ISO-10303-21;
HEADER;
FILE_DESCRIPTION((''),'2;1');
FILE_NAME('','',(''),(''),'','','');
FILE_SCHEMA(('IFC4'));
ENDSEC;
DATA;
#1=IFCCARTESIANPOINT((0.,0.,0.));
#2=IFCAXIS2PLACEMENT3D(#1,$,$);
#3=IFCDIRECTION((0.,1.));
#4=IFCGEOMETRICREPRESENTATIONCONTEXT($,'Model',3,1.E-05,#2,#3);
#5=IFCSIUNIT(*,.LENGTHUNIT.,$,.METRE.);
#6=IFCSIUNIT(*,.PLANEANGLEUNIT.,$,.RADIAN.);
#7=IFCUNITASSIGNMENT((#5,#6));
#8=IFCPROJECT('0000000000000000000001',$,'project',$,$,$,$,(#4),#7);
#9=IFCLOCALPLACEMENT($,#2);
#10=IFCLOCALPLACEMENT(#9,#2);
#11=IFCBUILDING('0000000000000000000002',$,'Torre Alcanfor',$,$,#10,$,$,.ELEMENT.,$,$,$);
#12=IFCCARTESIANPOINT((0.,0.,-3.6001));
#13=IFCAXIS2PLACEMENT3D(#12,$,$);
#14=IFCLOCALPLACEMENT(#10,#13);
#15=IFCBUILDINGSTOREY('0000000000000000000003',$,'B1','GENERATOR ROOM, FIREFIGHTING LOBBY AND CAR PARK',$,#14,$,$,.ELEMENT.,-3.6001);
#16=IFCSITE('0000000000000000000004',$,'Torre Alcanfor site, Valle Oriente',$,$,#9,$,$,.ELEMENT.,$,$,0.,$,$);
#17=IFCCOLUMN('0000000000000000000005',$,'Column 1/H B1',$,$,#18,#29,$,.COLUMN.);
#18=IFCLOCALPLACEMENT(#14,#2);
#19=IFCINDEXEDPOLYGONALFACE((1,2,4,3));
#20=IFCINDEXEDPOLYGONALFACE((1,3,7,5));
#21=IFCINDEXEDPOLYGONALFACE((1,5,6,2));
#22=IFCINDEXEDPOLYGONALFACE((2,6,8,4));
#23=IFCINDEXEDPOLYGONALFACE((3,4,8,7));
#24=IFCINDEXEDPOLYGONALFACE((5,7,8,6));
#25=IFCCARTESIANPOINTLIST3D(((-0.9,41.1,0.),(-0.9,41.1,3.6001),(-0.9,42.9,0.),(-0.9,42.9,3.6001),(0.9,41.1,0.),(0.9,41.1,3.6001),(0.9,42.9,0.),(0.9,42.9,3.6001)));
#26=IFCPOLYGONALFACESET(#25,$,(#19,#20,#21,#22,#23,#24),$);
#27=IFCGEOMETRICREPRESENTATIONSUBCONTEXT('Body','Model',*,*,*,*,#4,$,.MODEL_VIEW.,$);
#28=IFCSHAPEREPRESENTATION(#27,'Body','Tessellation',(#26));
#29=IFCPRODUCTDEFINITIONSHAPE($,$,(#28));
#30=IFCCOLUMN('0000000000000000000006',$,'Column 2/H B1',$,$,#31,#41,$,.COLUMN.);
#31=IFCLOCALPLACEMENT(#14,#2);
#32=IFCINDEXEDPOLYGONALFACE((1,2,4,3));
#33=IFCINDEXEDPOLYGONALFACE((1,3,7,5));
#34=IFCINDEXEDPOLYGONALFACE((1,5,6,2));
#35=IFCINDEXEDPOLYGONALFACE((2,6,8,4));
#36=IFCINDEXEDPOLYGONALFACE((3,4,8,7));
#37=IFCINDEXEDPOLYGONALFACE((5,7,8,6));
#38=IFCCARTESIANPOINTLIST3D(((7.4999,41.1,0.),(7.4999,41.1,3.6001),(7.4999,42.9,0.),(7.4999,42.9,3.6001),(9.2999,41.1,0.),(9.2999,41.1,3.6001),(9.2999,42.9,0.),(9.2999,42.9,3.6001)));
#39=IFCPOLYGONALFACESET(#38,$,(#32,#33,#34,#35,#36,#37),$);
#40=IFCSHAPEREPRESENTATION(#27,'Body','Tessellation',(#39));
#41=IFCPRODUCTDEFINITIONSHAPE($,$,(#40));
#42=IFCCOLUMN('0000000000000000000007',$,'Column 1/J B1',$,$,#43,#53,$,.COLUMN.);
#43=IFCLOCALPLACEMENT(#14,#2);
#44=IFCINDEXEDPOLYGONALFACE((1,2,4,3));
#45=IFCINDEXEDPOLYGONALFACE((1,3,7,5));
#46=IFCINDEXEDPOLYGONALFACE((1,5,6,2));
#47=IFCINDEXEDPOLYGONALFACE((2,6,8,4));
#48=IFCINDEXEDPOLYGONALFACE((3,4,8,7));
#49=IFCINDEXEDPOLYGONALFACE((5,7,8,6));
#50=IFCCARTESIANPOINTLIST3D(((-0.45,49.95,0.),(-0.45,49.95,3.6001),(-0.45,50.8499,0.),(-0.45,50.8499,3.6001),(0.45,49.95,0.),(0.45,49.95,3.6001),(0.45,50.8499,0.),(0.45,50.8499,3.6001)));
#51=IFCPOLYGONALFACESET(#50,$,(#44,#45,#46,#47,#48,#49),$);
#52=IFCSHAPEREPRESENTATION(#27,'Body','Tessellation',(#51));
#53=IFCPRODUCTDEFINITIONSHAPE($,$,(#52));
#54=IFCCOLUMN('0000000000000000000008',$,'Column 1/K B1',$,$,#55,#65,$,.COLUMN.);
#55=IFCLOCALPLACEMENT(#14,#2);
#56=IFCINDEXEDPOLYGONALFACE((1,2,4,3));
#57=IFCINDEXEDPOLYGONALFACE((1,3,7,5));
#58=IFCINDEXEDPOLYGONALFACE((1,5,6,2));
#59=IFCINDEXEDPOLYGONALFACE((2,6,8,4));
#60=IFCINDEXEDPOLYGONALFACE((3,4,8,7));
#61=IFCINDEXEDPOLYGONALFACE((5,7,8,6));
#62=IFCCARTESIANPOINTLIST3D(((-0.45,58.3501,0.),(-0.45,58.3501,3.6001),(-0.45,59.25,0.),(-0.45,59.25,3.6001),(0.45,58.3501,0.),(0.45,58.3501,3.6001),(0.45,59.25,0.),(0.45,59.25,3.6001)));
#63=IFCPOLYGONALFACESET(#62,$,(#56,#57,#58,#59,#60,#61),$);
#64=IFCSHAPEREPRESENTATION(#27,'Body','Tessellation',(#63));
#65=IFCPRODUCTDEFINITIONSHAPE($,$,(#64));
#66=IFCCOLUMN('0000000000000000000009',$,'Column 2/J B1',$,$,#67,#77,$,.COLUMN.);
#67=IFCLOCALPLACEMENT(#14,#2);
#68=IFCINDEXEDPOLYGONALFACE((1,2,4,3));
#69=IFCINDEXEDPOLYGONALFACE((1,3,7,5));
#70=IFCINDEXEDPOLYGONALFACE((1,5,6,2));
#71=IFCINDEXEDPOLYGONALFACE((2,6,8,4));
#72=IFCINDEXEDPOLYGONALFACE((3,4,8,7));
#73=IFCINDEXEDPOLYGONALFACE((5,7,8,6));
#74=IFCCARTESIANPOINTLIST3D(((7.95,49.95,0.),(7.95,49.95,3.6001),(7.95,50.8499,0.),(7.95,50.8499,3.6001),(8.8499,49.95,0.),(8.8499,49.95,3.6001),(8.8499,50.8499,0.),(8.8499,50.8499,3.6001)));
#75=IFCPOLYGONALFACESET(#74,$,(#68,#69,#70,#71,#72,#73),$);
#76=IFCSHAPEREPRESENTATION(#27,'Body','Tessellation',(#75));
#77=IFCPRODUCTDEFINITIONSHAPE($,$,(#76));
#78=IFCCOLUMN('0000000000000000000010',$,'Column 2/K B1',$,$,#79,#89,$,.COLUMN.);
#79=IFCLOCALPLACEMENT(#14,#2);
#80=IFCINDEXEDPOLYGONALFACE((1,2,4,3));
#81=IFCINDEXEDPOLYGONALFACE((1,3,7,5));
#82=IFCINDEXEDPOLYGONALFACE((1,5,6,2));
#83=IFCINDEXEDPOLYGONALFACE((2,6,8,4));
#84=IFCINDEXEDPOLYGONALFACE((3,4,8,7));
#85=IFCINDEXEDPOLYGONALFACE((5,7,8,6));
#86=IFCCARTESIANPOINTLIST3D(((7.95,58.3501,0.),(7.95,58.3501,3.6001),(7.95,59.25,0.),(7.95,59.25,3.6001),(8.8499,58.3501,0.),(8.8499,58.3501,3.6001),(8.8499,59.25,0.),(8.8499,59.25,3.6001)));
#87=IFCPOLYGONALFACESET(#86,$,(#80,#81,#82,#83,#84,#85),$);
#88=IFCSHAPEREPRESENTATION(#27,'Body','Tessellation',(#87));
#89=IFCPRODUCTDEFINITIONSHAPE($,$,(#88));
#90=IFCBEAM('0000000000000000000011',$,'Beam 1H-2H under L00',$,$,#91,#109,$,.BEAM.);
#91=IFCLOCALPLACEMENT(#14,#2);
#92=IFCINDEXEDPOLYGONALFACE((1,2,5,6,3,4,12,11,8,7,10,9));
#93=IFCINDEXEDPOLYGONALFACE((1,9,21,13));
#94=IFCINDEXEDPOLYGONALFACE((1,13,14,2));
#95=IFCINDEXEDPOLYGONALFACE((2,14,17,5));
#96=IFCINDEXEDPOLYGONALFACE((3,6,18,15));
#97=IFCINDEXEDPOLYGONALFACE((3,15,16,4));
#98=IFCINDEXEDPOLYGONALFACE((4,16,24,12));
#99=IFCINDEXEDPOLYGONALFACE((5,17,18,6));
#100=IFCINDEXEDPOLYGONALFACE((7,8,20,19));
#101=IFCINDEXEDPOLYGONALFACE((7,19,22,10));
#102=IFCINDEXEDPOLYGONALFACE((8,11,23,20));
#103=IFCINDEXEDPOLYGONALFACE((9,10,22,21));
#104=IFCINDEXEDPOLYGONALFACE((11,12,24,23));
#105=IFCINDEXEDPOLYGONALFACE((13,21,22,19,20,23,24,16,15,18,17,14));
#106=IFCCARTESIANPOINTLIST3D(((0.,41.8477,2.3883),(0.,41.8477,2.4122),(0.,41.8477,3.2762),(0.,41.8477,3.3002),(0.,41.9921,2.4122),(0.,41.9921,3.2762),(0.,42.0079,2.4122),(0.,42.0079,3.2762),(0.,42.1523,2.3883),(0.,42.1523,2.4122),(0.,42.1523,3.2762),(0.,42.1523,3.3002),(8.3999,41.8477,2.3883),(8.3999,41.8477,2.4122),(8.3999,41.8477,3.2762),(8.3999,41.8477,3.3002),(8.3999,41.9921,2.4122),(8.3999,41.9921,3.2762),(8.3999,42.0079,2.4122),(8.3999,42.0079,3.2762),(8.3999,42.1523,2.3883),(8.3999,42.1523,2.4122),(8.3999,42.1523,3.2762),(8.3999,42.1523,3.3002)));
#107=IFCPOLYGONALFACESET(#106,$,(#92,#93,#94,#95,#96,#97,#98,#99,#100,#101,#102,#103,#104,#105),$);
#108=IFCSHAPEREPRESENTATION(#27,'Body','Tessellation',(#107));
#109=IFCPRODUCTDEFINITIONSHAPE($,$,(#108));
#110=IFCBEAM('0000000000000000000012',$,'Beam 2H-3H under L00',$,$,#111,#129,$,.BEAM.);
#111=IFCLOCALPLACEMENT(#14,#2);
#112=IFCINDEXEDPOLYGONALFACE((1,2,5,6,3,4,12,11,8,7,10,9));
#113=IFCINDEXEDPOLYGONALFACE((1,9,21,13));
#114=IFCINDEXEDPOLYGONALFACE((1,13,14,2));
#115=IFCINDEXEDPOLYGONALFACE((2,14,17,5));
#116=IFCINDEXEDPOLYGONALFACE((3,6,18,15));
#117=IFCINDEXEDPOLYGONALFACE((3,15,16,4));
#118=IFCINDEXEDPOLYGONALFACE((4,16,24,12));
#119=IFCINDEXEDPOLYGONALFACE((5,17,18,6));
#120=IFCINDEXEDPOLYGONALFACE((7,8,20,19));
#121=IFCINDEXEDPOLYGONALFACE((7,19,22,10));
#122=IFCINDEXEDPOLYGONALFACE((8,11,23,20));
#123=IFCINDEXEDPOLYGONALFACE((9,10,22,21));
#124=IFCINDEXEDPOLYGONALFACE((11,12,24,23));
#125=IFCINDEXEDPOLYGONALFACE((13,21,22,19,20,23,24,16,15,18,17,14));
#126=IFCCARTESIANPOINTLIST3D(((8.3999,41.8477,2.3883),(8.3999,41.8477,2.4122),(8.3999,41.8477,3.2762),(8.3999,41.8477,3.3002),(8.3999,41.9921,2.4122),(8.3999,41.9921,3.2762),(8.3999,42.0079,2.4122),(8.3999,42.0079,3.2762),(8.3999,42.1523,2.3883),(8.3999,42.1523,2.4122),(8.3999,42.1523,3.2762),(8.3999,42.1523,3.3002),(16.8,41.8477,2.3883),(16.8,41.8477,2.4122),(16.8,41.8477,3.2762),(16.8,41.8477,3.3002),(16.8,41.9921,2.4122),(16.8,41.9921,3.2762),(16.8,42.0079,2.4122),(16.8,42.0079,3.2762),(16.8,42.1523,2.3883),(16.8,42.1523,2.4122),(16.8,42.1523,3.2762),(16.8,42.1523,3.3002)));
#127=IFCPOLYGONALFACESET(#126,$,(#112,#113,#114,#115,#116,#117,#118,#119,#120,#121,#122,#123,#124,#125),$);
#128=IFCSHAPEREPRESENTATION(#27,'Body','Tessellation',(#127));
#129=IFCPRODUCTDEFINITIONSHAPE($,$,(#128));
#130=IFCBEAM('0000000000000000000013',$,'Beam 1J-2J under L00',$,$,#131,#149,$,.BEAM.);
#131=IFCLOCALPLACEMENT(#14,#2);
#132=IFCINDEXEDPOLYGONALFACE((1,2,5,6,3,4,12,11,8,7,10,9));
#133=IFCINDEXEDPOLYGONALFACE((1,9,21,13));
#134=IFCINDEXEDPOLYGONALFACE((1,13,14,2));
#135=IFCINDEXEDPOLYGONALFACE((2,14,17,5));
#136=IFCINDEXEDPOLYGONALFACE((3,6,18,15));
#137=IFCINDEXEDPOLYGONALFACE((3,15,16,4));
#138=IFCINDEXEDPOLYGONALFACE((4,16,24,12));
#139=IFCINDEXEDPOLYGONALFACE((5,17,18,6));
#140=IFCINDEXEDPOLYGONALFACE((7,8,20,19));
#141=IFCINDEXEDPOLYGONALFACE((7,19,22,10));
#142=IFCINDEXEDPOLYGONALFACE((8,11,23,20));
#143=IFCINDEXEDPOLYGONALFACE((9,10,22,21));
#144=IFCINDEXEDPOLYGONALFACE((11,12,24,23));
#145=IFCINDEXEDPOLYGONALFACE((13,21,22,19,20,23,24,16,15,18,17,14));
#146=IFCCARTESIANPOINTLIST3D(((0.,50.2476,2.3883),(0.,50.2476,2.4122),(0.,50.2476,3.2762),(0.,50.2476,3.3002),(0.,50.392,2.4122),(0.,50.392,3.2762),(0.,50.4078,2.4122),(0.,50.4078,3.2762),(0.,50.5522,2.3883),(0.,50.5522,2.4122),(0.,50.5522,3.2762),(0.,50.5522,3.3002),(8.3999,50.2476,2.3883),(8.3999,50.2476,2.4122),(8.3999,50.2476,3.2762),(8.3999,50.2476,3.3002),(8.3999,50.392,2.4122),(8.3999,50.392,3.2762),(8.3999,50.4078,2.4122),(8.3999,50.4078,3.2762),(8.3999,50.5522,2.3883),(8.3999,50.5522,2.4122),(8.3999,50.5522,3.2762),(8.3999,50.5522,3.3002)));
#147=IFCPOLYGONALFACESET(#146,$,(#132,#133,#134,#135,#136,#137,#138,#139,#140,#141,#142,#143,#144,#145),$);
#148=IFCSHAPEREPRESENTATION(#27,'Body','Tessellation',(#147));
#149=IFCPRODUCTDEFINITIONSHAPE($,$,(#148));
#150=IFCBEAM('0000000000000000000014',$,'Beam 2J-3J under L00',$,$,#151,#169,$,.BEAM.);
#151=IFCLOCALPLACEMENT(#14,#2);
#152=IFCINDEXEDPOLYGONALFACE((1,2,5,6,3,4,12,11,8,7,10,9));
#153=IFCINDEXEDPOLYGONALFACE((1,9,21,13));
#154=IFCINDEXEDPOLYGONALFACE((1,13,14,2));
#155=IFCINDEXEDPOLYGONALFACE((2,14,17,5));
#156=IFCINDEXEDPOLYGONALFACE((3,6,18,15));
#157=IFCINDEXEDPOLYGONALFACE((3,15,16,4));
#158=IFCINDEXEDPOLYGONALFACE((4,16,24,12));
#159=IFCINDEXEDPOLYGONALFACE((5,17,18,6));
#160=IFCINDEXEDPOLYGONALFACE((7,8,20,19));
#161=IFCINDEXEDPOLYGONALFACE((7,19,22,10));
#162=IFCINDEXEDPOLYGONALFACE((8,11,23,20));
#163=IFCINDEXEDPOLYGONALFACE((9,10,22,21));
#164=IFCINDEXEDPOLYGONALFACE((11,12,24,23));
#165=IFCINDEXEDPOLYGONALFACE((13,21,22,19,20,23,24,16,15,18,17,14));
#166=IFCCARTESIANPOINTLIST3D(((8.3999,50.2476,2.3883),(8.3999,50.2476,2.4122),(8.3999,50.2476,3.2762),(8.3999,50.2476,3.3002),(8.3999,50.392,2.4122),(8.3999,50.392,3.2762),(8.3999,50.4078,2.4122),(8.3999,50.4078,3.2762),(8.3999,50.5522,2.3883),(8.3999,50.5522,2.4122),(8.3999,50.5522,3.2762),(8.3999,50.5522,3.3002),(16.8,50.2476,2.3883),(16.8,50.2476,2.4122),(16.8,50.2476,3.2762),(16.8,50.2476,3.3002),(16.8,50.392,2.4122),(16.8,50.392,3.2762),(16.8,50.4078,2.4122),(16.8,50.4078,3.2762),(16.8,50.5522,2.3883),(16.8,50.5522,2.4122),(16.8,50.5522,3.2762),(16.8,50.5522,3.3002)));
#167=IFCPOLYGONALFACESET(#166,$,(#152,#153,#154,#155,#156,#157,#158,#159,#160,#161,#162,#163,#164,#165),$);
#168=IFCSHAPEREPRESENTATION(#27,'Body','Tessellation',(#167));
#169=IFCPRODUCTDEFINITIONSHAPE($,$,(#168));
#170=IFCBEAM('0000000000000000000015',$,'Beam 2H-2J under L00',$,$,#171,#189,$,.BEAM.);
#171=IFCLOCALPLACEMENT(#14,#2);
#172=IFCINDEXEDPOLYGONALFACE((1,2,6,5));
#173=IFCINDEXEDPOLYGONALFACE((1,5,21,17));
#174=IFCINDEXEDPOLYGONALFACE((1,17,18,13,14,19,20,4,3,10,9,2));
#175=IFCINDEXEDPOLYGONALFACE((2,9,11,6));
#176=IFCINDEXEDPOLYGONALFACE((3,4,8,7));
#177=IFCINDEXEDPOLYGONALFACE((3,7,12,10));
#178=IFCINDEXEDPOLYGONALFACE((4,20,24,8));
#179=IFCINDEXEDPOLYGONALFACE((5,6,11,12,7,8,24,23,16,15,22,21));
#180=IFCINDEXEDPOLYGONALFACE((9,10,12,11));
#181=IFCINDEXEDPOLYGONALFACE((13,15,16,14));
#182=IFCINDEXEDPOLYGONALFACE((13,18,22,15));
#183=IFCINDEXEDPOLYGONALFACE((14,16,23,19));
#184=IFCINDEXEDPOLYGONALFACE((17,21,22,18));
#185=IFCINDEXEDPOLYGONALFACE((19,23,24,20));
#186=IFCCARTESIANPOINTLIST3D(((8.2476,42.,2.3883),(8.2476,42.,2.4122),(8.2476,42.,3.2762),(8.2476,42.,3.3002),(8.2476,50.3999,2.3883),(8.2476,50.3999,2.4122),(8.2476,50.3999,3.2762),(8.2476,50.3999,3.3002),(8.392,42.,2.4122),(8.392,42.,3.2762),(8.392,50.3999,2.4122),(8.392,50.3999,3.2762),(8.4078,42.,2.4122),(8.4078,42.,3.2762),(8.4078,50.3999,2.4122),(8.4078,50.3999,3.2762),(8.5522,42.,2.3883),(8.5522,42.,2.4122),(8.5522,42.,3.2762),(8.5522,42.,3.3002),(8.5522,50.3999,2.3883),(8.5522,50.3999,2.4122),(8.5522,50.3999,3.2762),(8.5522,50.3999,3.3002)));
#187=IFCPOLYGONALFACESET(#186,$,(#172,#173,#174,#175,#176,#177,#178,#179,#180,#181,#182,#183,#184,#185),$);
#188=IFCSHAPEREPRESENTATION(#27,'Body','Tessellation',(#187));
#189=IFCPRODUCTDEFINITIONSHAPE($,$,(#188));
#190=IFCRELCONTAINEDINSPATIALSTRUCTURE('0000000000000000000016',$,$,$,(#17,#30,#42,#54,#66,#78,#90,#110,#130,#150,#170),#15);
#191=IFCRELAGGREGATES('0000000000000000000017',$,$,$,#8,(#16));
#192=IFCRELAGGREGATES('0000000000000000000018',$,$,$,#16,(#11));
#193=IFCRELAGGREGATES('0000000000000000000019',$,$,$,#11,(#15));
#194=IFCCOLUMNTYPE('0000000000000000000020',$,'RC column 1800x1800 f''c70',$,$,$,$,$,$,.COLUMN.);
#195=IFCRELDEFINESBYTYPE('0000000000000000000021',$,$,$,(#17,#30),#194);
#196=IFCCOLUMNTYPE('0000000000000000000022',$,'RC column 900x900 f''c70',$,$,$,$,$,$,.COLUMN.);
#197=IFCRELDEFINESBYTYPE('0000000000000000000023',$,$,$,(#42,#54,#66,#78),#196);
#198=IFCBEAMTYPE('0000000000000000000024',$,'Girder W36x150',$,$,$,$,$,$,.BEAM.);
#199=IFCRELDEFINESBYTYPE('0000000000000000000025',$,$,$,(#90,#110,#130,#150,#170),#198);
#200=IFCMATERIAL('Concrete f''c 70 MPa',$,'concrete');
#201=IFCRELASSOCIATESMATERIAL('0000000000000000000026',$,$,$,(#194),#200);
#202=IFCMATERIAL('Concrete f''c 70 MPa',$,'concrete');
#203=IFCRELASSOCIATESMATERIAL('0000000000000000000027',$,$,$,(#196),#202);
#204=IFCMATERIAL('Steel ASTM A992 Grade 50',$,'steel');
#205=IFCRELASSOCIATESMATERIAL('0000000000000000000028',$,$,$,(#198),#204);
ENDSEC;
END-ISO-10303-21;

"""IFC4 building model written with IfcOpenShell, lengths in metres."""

from ifc_helpers import new_model, si_unit, direction, frame, origin, origin_2d, place, context, subcontext, project, spatial, rectangle, i_section, extrude, material, material_profile, profile_set, type_object, element, save


model = new_model("IFC4")

# Units and contexts
model_context = context("Model", 3, precision=1e-05, world=origin(), true_north=direction((0.0, 1.0)))
body_context = subcontext(model_context, "Body", "Model", "MODEL_VIEW")
ifc_project = project(units=[si_unit("LENGTHUNIT", "METRE"), si_unit("PLANEANGLEUNIT", "RADIAN")], contexts=[model_context])

# Site, building, storey
site_placement = place(None, origin())
site = spatial("IfcSite", under=ifc_project, at=site_placement, Name="Torre Alcanfor site, Valle Oriente", CompositionType="ELEMENT", RefElevation=0.0)
building_placement = place(site_placement, origin())
building = spatial("IfcBuilding", under=site, at=building_placement, Name="Torre Alcanfor", CompositionType="ELEMENT")
storey_placement = place(building_placement, frame((0.0, 0.0, -3.6001)))
storey = spatial("IfcBuildingStorey", under=building, at=storey_placement, Name="B1", Description="GENERATOR ROOM, FIREFIGHTING LOBBY AND CAR PARK", CompositionType="ELEMENT", Elevation=-3.6001)

# Columns
ifc_material_1 = material(Name="Concrete f'c 70 MPa", Category="concrete")
ifc_material_profile_1 = material_profile(ifc_material_1, rectangle(XDim=1.8, YDim=1.8, at=origin_2d()), Name="1800x1800")
ifc_profile_set_1 = profile_set([ifc_material_profile_1], Name="Concrete f'c 70 MPa")
column_type_1 = type_object("IfcColumnType", Name="RC column 1800x1800 f'c70", PredefinedType="COLUMN", material=ifc_profile_set_1)
for number, where, z_axis, x_axis, name in (
    (1, (0.0, 42.0, 0.0), (0.0, 0.0, 1.0), (1.0, 0.0, 0.0), "Column 1/H B1"),
    (2, (8.3999, 42.0, 0.0), (0.0, 0.0, 1.0), (1.0, 0.0, 0.0), "Column 2/H B1"),
):
    element("IfcColumn", number, at=place(storey_placement, frame(where, z_axis=z_axis, x_axis=x_axis)), inside=storey, type_object=column_type_1, Name=name, PredefinedType="COLUMN", context=body_context, shape_type="SweptSolid", body=[
        extrude(rectangle(XDim=1.8, YDim=1.8, at=origin_2d()), origin(), (0.0, 0.0, 1.0), 3.6001),
    ])
ifc_material_2 = material(Name="Concrete f'c 70 MPa", Category="concrete")
ifc_material_profile_2 = material_profile(ifc_material_2, rectangle(XDim=0.8999, YDim=0.8999, at=origin_2d()), Name="900x900")
ifc_profile_set_2 = profile_set([ifc_material_profile_2], Name="Concrete f'c 70 MPa")
column_type_2 = type_object("IfcColumnType", Name="RC column 900x900 f'c70", PredefinedType="COLUMN", material=ifc_profile_set_2)
for number, where, z_axis, x_axis, name in (
    (3, (0.0, 50.3999, 0.0), (0.0, 0.0, 1.0), (1.0, 0.0, 0.0), "Column 1/J B1"),
    (4, (0.0, 58.8, 0.0), (0.0, 0.0, 1.0), (1.0, 0.0, 0.0), "Column 1/K B1"),
    (5, (8.3999, 50.3999, 0.0), (0.0, 0.0, 1.0), (1.0, 0.0, 0.0), "Column 2/J B1"),
    (6, (8.3999, 58.8, 0.0), (0.0, 0.0, 1.0), (1.0, 0.0, 0.0), "Column 2/K B1"),
):
    element("IfcColumn", number, at=place(storey_placement, frame(where, z_axis=z_axis, x_axis=x_axis)), inside=storey, type_object=column_type_2, Name=name, PredefinedType="COLUMN", context=body_context, shape_type="SweptSolid", body=[
        extrude(rectangle(XDim=0.8999, YDim=0.8999, at=origin_2d()), origin(), (0.0, 0.0, 1.0), 3.6001),
    ])

# Beams
ifc_material_3 = material(Name="Steel ASTM A992 Grade 50", Category="steel")
ifc_material_profile_3 = material_profile(ifc_material_3, i_section(OverallWidth=0.3047, OverallDepth=0.9119, WebThickness=0.0159, FlangeThickness=0.0239, at=origin_2d()), Name="W36x150")
ifc_profile_set_3 = profile_set([ifc_material_profile_3], Name="Steel ASTM A992 Grade 50")
beam_type_1 = type_object("IfcBeamType", Name="Girder W36x150", PredefinedType="BEAM", material=ifc_profile_set_3)
beam_1_placement = place(storey_placement, frame((0.0, 42.0, 2.8442), z_axis=(1.0, 0.0, 0.0), x_axis=(0.0, 1.0, 0.0)))
element("IfcBeam", 7, at=beam_1_placement, inside=storey, type_object=beam_type_1, Name="Beam 1H-2H under L00", PredefinedType="BEAM", context=body_context, shape_type="SweptSolid", body=[
    extrude(i_section(OverallWidth=0.3047, OverallDepth=0.9119, WebThickness=0.0159, FlangeThickness=0.0239, at=origin_2d()), origin(), (0.0, 0.0, 1.0), 8.3999),
])
beam_2_placement = place(storey_placement, frame((8.3999, 42.0, 2.8442), z_axis=(1.0, 0.0, 0.0), x_axis=(0.0, 1.0, 0.0)))
element("IfcBeam", 8, at=beam_2_placement, inside=storey, type_object=beam_type_1, Name="Beam 2H-3H under L00", PredefinedType="BEAM", context=body_context, shape_type="SweptSolid", body=[
    extrude(i_section(OverallWidth=0.3047, OverallDepth=0.9119, WebThickness=0.0159, FlangeThickness=0.0239, at=origin_2d()), origin(), (0.0, 0.0, 1.0), 8.4001),
])
beam_3_placement = place(storey_placement, frame((0.0, 50.3999, 2.8442), z_axis=(1.0, 0.0, 0.0), x_axis=(0.0, 1.0, 0.0)))
element("IfcBeam", 9, at=beam_3_placement, inside=storey, type_object=beam_type_1, Name="Beam 1J-2J under L00", PredefinedType="BEAM", context=body_context, shape_type="SweptSolid", body=[
    extrude(i_section(OverallWidth=0.3047, OverallDepth=0.9119, WebThickness=0.0159, FlangeThickness=0.0239, at=origin_2d()), origin(), (0.0, 0.0, 1.0), 8.3999),
])
beam_4_placement = place(storey_placement, frame((8.3999, 50.3999, 2.8442), z_axis=(1.0, 0.0, 0.0), x_axis=(0.0, 1.0, 0.0)))
element("IfcBeam", 10, at=beam_4_placement, inside=storey, type_object=beam_type_1, Name="Beam 2J-3J under L00", PredefinedType="BEAM", context=body_context, shape_type="SweptSolid", body=[
    extrude(i_section(OverallWidth=0.3047, OverallDepth=0.9119, WebThickness=0.0159, FlangeThickness=0.0239, at=origin_2d()), origin(), (0.0, 0.0, 1.0), 8.4001),
])
beam_5_placement = place(storey_placement, frame((8.3999, 42.0, 2.8442), z_axis=(0.0, 1.0, 0.0), x_axis=(-1.0, 0.0, 0.0)))
element("IfcBeam", 11, at=beam_5_placement, inside=storey, type_object=beam_type_1, Name="Beam 2H-2J under L00", PredefinedType="BEAM", context=body_context, shape_type="SweptSolid", body=[
    extrude(i_section(OverallWidth=0.3047, OverallDepth=0.9119, WebThickness=0.0159, FlangeThickness=0.0239, at=origin_2d()), origin(), (0.0, 0.0, 1.0), 8.3999),
])

save(model, "model.ifc")
